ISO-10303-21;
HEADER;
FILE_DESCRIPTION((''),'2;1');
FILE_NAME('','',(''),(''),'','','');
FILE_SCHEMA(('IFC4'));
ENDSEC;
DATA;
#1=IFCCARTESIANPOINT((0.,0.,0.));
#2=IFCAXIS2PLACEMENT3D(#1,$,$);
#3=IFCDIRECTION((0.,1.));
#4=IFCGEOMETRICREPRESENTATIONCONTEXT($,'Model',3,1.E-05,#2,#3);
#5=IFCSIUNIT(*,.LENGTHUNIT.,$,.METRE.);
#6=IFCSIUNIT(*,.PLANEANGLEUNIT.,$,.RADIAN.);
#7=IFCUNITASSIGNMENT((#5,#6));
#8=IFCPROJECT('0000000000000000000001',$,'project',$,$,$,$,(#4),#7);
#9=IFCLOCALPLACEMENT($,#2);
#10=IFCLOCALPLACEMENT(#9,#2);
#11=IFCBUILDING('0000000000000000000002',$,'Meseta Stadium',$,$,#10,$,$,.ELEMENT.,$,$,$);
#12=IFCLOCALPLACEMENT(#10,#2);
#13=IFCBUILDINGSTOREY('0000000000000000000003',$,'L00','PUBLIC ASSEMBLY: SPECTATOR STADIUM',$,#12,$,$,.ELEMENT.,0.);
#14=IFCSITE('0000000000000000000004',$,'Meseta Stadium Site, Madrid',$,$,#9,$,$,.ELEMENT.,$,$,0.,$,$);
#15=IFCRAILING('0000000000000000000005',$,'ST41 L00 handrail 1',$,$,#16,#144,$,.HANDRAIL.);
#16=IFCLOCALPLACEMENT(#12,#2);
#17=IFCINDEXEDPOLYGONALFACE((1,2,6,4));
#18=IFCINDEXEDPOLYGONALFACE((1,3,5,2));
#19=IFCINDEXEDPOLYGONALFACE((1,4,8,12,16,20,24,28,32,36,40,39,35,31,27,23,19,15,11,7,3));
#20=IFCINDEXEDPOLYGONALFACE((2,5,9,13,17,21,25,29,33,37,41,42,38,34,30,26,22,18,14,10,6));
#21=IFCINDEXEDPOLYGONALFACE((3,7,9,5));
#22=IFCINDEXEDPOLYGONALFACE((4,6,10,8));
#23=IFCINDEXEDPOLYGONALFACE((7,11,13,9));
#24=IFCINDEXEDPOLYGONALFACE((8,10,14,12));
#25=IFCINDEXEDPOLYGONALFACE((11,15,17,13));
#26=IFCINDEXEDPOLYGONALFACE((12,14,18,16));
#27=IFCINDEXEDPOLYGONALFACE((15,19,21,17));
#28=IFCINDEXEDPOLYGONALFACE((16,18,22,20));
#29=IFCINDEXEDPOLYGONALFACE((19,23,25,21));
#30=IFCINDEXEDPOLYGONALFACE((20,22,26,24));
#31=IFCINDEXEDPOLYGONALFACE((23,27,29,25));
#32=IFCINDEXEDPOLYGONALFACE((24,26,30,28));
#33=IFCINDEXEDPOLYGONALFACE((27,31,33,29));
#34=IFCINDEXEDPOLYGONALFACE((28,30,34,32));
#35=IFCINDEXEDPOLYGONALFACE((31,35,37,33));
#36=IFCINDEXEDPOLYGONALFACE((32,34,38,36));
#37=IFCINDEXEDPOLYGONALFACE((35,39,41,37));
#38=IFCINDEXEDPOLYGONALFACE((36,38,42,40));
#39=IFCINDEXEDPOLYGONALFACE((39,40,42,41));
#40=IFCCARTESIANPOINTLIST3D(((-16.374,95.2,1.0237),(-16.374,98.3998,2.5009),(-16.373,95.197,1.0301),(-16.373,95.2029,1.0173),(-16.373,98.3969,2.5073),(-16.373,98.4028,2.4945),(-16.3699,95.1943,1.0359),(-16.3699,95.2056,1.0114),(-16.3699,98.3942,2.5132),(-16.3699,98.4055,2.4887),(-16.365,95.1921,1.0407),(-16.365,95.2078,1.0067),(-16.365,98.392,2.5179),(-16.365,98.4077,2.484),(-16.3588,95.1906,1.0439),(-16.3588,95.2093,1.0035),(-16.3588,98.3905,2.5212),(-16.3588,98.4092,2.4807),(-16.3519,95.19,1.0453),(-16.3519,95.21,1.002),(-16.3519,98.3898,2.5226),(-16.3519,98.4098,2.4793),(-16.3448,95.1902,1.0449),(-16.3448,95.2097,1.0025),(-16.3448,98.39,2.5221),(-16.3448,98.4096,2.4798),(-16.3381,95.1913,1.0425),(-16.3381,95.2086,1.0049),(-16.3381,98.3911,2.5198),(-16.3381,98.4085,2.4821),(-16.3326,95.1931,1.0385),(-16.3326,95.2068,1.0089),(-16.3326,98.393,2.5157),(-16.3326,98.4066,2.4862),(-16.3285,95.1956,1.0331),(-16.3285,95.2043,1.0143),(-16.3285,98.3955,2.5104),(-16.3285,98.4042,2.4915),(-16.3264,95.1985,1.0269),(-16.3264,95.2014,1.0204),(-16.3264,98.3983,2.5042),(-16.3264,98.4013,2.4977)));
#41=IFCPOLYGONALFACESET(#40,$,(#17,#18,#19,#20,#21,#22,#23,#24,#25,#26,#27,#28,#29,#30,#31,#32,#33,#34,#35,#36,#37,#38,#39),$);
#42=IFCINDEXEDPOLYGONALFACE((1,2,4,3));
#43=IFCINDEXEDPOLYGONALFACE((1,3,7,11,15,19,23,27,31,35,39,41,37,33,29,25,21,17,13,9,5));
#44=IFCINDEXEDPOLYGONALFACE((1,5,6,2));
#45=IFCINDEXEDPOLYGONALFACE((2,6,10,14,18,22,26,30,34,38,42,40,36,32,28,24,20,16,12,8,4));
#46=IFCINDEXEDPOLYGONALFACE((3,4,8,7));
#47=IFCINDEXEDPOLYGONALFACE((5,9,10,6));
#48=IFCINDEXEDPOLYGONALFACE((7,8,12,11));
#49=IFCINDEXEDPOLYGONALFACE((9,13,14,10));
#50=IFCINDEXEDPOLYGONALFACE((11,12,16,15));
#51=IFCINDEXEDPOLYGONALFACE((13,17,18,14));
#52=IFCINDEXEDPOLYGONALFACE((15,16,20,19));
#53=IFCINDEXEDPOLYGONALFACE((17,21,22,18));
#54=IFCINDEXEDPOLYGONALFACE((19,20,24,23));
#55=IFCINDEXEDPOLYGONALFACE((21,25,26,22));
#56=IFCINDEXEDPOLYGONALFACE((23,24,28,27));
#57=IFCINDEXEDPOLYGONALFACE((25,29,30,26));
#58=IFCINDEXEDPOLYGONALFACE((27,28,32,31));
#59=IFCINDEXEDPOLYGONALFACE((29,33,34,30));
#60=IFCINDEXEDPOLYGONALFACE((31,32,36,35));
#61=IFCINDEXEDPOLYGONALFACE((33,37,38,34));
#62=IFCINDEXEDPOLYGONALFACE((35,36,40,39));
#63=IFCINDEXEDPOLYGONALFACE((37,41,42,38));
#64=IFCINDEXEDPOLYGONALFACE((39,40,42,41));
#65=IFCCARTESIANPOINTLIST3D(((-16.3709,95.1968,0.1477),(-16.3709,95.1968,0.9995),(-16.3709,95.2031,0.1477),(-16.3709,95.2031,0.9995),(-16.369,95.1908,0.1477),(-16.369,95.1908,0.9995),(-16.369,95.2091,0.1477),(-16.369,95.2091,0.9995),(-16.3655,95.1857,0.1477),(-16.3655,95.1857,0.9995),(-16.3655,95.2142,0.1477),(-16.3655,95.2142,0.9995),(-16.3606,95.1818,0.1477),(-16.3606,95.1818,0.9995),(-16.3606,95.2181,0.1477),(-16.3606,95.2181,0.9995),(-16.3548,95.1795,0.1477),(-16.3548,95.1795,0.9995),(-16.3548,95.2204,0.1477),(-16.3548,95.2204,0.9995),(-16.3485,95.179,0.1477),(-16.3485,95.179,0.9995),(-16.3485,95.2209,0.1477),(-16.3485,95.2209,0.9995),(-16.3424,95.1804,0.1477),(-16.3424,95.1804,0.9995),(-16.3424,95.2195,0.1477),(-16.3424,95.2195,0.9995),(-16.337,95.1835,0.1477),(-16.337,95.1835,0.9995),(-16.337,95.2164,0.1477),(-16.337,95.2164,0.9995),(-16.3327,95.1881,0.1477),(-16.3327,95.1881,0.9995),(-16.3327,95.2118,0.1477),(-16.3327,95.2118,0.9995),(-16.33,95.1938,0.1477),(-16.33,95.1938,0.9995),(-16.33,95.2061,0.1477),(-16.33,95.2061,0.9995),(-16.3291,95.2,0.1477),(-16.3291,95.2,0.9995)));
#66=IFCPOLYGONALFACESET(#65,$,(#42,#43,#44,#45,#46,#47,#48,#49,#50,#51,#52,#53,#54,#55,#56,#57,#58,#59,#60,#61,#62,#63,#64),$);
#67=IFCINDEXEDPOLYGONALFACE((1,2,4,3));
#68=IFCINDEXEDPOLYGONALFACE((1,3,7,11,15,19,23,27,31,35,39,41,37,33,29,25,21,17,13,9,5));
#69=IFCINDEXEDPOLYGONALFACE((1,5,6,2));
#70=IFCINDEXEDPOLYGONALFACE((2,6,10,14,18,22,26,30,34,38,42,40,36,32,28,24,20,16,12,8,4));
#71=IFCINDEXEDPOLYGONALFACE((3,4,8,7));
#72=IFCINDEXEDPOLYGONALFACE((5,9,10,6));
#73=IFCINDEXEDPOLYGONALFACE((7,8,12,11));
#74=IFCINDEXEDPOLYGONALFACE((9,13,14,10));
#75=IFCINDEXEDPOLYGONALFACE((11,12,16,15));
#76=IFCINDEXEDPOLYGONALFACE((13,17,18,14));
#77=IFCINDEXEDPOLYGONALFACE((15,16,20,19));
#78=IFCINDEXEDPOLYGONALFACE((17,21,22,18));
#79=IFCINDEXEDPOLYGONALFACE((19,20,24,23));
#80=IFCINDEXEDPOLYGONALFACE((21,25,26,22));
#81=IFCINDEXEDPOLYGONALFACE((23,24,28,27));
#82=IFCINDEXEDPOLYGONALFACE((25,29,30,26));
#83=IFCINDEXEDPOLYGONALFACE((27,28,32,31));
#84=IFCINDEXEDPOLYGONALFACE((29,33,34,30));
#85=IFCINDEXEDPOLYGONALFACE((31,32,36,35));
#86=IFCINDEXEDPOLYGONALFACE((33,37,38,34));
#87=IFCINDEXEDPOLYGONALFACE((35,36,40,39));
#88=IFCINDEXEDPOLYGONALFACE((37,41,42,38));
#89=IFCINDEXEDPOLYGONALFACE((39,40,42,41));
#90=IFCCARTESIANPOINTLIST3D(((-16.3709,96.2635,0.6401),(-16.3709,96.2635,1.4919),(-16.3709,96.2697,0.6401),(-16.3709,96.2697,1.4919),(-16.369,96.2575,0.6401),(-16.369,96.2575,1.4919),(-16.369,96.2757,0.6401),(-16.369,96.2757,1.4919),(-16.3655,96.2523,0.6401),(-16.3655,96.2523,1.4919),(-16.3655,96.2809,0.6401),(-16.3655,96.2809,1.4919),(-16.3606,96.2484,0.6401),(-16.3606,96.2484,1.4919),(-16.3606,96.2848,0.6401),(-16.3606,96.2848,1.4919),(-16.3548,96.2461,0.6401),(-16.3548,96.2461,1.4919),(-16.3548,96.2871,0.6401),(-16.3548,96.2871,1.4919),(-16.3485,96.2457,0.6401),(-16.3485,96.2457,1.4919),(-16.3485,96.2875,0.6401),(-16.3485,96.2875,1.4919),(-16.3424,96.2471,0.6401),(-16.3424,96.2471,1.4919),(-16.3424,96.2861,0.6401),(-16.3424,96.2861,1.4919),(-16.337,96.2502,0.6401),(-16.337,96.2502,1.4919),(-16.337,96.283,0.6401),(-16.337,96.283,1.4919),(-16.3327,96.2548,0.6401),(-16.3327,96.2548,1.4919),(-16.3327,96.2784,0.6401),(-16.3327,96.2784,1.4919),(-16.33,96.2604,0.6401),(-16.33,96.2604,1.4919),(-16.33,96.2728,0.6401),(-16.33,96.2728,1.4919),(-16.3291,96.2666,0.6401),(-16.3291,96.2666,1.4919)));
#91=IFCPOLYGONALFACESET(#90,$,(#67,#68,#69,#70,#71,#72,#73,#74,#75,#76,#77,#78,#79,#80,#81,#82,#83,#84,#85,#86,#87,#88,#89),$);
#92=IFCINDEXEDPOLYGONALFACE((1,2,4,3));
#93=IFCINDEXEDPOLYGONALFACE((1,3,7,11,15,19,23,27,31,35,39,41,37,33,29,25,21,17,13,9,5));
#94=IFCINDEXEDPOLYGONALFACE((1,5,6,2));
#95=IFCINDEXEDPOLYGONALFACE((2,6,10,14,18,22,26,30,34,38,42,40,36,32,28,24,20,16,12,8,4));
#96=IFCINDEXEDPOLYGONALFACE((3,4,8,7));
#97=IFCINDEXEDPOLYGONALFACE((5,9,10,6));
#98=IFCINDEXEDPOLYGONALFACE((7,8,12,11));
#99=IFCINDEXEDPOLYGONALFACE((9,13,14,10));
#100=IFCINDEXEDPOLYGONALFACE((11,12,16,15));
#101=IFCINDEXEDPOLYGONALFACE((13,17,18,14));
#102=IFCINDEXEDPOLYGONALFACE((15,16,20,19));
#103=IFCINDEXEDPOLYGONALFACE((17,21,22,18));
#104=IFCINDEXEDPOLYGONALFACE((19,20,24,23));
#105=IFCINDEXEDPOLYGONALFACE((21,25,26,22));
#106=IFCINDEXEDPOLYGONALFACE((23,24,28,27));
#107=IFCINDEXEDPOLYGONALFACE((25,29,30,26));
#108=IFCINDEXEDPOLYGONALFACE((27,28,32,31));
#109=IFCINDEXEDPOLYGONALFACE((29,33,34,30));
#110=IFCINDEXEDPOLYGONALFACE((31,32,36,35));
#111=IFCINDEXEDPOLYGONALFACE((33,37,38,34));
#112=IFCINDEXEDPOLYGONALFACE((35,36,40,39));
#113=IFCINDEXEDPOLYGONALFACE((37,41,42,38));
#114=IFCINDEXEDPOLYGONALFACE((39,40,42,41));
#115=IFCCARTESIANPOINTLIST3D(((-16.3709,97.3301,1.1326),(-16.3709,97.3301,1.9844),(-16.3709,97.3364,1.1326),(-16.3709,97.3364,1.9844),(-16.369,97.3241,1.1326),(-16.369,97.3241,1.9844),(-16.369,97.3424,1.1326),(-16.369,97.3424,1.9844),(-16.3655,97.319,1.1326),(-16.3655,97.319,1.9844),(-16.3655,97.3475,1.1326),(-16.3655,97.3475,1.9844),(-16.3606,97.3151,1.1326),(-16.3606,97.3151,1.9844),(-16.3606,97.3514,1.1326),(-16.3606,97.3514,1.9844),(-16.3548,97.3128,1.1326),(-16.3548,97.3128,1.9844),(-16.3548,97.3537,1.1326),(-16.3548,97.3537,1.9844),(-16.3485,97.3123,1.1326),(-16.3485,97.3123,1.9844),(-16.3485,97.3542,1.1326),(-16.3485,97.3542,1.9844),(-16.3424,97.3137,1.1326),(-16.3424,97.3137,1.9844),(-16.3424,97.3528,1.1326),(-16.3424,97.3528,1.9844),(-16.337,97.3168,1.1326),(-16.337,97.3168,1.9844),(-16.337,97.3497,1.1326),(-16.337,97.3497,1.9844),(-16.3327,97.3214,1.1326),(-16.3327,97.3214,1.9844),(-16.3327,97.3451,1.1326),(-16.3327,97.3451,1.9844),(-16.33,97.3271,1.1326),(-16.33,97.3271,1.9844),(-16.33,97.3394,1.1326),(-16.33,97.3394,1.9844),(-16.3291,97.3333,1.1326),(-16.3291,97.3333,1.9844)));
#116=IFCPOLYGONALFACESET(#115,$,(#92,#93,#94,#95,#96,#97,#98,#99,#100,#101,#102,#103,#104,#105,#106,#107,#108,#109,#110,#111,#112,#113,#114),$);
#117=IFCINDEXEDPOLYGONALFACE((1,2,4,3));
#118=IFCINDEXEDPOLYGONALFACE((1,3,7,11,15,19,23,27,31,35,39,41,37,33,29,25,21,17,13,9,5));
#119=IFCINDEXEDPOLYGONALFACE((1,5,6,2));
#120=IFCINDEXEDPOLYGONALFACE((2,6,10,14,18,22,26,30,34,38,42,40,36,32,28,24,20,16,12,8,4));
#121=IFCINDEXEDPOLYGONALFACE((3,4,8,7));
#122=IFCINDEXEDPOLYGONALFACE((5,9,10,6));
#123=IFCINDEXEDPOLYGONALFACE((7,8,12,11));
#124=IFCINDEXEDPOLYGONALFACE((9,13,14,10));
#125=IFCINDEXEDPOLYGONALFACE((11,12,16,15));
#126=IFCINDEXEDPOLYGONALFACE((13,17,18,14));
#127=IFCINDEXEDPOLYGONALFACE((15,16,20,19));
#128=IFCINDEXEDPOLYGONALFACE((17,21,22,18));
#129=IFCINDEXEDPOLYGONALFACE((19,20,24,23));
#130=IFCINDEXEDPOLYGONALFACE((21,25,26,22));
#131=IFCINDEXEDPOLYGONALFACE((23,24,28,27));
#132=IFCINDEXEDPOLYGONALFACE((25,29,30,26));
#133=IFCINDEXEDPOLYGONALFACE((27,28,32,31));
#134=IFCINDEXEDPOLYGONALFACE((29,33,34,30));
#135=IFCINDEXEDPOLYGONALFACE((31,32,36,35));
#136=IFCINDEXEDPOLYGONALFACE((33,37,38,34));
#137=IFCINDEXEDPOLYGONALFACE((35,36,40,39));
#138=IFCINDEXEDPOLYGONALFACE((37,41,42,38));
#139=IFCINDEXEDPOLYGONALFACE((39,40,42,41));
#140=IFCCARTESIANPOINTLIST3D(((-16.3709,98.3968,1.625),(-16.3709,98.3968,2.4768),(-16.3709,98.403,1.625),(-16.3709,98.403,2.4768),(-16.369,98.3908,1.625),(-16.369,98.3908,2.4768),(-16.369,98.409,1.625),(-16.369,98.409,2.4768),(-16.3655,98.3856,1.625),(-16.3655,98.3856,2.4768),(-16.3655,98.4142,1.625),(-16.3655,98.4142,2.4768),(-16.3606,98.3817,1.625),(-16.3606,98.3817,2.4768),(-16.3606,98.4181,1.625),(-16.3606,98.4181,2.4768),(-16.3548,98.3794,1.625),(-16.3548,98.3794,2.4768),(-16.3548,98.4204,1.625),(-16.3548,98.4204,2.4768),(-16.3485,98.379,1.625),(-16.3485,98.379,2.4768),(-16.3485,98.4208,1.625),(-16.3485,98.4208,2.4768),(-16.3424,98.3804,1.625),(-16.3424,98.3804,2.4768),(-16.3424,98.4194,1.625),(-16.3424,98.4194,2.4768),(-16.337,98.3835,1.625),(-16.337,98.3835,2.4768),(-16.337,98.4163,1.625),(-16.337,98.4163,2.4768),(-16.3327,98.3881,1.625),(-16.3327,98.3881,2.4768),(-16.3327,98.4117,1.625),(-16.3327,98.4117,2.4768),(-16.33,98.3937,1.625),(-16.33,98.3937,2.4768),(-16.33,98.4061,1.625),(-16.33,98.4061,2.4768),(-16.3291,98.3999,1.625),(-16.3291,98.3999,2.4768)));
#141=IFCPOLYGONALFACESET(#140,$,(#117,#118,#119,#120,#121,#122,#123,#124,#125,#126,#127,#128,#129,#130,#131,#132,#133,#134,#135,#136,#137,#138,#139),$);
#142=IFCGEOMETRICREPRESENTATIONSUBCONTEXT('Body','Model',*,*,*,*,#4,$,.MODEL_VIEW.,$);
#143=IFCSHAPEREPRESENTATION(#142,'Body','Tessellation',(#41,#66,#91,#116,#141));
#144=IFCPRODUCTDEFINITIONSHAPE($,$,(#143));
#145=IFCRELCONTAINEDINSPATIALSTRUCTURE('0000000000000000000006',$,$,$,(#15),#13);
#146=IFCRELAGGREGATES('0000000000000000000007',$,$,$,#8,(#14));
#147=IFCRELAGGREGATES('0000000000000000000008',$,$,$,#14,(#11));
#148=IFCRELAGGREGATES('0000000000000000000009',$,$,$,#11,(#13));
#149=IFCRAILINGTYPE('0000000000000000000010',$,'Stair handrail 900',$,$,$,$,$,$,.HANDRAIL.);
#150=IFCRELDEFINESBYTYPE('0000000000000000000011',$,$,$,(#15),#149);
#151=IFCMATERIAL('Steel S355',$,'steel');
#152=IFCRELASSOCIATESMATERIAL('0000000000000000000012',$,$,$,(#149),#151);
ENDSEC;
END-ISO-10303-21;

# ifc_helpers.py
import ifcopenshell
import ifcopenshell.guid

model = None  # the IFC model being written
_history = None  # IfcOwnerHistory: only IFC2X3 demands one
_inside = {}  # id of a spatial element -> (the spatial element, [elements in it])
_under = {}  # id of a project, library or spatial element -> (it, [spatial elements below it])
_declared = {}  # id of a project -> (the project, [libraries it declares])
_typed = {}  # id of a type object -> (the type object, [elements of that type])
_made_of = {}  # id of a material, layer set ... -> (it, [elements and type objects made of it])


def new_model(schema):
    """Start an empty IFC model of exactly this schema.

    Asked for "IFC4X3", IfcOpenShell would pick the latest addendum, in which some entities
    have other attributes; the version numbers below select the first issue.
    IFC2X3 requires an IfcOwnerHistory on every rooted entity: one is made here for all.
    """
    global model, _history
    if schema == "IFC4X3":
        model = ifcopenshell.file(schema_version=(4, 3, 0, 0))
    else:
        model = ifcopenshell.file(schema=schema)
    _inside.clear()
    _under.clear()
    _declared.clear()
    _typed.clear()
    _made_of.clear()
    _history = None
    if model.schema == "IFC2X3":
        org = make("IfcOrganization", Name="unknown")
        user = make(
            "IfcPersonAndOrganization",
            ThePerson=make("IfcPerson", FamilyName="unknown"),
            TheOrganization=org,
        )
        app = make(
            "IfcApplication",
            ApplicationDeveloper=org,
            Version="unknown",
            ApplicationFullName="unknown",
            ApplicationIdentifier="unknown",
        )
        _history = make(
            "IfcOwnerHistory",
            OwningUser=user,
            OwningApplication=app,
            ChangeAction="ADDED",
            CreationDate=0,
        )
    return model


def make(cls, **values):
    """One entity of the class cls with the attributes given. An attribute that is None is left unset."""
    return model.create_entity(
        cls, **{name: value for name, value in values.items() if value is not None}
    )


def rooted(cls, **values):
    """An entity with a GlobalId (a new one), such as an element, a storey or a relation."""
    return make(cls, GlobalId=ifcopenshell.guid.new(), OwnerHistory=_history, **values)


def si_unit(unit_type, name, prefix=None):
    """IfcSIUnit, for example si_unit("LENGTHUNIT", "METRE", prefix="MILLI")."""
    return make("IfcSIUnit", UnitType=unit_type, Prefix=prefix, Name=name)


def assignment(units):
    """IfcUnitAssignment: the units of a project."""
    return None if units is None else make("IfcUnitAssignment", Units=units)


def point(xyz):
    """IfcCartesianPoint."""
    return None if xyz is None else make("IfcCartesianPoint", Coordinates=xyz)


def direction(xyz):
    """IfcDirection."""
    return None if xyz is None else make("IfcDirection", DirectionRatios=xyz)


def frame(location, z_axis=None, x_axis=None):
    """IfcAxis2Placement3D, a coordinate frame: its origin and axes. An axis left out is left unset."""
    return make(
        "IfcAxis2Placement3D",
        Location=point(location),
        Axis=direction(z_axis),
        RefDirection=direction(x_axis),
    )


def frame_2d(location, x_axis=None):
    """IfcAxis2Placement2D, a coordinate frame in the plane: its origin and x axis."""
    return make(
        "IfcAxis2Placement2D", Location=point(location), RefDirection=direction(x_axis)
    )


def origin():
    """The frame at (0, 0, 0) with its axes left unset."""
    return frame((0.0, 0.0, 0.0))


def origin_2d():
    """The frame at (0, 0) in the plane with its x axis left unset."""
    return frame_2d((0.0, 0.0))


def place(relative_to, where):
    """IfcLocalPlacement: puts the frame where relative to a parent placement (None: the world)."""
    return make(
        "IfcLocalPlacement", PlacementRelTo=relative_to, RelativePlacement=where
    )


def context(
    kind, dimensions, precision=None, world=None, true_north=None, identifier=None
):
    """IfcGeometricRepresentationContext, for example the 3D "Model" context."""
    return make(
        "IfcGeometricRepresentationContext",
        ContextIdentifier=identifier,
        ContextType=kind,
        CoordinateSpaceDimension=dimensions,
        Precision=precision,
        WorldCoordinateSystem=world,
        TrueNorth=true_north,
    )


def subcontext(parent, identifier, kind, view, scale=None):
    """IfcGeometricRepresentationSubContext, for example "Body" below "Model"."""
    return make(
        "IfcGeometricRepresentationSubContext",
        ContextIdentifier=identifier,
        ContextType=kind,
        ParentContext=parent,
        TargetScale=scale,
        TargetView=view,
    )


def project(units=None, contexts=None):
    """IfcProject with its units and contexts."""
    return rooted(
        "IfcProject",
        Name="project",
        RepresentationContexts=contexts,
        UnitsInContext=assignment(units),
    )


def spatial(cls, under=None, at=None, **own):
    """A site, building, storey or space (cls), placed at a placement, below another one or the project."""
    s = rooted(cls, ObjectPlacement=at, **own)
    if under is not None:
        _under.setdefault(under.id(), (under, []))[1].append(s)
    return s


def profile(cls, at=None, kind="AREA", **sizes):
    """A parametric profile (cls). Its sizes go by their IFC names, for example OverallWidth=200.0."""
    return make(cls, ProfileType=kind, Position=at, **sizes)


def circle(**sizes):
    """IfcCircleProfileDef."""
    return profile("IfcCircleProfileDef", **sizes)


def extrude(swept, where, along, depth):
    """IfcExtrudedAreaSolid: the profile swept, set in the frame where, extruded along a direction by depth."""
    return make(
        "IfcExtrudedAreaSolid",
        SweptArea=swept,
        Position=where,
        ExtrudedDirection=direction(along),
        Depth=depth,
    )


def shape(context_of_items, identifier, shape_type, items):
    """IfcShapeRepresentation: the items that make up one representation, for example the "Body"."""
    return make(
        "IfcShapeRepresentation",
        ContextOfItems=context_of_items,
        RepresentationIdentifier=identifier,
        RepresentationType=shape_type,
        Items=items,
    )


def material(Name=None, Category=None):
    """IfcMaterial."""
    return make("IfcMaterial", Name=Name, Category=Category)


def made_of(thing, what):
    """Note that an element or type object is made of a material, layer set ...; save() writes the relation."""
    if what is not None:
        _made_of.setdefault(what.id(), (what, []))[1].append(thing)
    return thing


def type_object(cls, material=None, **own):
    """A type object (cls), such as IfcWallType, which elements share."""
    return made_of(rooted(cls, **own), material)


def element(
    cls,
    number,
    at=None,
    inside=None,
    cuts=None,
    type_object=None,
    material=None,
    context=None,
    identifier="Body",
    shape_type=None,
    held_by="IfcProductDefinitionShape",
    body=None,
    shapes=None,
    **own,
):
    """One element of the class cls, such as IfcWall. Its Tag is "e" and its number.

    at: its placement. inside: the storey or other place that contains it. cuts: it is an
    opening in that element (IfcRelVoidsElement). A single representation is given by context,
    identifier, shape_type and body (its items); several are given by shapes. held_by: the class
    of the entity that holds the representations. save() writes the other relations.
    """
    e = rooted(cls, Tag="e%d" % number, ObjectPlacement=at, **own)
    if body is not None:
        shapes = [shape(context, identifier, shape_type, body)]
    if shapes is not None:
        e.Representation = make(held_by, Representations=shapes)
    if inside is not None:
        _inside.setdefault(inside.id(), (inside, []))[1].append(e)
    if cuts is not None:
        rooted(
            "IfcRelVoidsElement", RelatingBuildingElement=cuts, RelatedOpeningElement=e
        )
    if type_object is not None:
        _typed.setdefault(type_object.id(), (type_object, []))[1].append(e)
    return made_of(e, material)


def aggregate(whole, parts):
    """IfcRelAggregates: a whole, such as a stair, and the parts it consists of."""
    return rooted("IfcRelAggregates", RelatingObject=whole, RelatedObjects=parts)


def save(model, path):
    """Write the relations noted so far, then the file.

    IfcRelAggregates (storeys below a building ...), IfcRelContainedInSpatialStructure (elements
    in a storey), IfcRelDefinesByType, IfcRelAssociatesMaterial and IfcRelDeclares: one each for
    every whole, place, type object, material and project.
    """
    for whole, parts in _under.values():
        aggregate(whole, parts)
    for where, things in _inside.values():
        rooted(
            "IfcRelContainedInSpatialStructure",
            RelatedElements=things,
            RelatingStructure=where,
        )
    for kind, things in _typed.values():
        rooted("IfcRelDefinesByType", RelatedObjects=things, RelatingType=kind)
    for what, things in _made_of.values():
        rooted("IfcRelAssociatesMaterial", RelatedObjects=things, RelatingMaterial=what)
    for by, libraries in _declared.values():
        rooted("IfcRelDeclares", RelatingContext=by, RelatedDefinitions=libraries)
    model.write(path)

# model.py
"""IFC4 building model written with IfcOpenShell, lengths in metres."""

from ifc_helpers import new_model, si_unit, direction, frame, origin, origin_2d, place, context, subcontext, project, spatial, circle, extrude, material, type_object, element, save


model = new_model("IFC4")

# Units and contexts
model_context = context("Model", 3, precision=1e-05, world=origin(), true_north=direction((0.0, 1.0)))
body_context = subcontext(model_context, "Body", "Model", "MODEL_VIEW")
ifc_project = project(units=[si_unit("LENGTHUNIT", "METRE"), si_unit("PLANEANGLEUNIT", "RADIAN")], contexts=[model_context])

# Site, building, storey
site_placement = place(None, origin())
site = spatial("IfcSite", under=ifc_project, at=site_placement, Name="Meseta Stadium Site, Madrid", CompositionType="ELEMENT", RefElevation=0.0)
building_placement = place(site_placement, origin())
building = spatial("IfcBuilding", under=site, at=building_placement, Name="Meseta Stadium", CompositionType="ELEMENT")
storey_placement = place(building_placement, origin())
storey = spatial("IfcBuildingStorey", under=building, at=storey_placement, Name="L00", Description="PUBLIC ASSEMBLY: SPECTATOR STADIUM", CompositionType="ELEMENT", Elevation=0.0)

# Railing
ifc_material_1 = material(Name="Steel S355", Category="steel")
railing_type_1 = type_object("IfcRailingType", Name="Stair handrail 900", PredefinedType="HANDRAIL", material=ifc_material_1)
railing_1_placement = place(storey_placement, frame((-16.3501, 95.2, 0.1477)))
element("IfcRailing", 1, at=railing_1_placement, inside=storey, type_object=railing_type_1, Name="ST41 L00 handrail 1", PredefinedType="HANDRAIL", context=body_context, shape_type="SweptSolid", body=[
    extrude(circle(Radius=0.0239, at=origin_2d()), frame((0.0, 0.0, 0.876), z_axis=(0.0, 0.907917, 0.41915), x_axis=(-1.0, 0.0, 0.0)), (0.0, 0.0, 1.0), 3.5244),
    extrude(circle(Radius=0.021, at=origin_2d()), origin(), (0.0, 0.0, 1.0), 0.8518),
    extrude(circle(Radius=0.021, at=origin_2d()), frame((0.0, 1.0667, 0.4924)), (0.0, 0.0, 1.0), 0.8518),
    extrude(circle(Radius=0.021, at=origin_2d()), frame((0.0, 2.1333, 0.9849)), (0.0, 0.0, 1.0), 0.8518),
    extrude(circle(Radius=0.021, at=origin_2d()), frame((0.0, 3.2, 1.4773)), (0.0, 0.0, 1.0), 0.8518),
])

save(model, "model.ifc")
